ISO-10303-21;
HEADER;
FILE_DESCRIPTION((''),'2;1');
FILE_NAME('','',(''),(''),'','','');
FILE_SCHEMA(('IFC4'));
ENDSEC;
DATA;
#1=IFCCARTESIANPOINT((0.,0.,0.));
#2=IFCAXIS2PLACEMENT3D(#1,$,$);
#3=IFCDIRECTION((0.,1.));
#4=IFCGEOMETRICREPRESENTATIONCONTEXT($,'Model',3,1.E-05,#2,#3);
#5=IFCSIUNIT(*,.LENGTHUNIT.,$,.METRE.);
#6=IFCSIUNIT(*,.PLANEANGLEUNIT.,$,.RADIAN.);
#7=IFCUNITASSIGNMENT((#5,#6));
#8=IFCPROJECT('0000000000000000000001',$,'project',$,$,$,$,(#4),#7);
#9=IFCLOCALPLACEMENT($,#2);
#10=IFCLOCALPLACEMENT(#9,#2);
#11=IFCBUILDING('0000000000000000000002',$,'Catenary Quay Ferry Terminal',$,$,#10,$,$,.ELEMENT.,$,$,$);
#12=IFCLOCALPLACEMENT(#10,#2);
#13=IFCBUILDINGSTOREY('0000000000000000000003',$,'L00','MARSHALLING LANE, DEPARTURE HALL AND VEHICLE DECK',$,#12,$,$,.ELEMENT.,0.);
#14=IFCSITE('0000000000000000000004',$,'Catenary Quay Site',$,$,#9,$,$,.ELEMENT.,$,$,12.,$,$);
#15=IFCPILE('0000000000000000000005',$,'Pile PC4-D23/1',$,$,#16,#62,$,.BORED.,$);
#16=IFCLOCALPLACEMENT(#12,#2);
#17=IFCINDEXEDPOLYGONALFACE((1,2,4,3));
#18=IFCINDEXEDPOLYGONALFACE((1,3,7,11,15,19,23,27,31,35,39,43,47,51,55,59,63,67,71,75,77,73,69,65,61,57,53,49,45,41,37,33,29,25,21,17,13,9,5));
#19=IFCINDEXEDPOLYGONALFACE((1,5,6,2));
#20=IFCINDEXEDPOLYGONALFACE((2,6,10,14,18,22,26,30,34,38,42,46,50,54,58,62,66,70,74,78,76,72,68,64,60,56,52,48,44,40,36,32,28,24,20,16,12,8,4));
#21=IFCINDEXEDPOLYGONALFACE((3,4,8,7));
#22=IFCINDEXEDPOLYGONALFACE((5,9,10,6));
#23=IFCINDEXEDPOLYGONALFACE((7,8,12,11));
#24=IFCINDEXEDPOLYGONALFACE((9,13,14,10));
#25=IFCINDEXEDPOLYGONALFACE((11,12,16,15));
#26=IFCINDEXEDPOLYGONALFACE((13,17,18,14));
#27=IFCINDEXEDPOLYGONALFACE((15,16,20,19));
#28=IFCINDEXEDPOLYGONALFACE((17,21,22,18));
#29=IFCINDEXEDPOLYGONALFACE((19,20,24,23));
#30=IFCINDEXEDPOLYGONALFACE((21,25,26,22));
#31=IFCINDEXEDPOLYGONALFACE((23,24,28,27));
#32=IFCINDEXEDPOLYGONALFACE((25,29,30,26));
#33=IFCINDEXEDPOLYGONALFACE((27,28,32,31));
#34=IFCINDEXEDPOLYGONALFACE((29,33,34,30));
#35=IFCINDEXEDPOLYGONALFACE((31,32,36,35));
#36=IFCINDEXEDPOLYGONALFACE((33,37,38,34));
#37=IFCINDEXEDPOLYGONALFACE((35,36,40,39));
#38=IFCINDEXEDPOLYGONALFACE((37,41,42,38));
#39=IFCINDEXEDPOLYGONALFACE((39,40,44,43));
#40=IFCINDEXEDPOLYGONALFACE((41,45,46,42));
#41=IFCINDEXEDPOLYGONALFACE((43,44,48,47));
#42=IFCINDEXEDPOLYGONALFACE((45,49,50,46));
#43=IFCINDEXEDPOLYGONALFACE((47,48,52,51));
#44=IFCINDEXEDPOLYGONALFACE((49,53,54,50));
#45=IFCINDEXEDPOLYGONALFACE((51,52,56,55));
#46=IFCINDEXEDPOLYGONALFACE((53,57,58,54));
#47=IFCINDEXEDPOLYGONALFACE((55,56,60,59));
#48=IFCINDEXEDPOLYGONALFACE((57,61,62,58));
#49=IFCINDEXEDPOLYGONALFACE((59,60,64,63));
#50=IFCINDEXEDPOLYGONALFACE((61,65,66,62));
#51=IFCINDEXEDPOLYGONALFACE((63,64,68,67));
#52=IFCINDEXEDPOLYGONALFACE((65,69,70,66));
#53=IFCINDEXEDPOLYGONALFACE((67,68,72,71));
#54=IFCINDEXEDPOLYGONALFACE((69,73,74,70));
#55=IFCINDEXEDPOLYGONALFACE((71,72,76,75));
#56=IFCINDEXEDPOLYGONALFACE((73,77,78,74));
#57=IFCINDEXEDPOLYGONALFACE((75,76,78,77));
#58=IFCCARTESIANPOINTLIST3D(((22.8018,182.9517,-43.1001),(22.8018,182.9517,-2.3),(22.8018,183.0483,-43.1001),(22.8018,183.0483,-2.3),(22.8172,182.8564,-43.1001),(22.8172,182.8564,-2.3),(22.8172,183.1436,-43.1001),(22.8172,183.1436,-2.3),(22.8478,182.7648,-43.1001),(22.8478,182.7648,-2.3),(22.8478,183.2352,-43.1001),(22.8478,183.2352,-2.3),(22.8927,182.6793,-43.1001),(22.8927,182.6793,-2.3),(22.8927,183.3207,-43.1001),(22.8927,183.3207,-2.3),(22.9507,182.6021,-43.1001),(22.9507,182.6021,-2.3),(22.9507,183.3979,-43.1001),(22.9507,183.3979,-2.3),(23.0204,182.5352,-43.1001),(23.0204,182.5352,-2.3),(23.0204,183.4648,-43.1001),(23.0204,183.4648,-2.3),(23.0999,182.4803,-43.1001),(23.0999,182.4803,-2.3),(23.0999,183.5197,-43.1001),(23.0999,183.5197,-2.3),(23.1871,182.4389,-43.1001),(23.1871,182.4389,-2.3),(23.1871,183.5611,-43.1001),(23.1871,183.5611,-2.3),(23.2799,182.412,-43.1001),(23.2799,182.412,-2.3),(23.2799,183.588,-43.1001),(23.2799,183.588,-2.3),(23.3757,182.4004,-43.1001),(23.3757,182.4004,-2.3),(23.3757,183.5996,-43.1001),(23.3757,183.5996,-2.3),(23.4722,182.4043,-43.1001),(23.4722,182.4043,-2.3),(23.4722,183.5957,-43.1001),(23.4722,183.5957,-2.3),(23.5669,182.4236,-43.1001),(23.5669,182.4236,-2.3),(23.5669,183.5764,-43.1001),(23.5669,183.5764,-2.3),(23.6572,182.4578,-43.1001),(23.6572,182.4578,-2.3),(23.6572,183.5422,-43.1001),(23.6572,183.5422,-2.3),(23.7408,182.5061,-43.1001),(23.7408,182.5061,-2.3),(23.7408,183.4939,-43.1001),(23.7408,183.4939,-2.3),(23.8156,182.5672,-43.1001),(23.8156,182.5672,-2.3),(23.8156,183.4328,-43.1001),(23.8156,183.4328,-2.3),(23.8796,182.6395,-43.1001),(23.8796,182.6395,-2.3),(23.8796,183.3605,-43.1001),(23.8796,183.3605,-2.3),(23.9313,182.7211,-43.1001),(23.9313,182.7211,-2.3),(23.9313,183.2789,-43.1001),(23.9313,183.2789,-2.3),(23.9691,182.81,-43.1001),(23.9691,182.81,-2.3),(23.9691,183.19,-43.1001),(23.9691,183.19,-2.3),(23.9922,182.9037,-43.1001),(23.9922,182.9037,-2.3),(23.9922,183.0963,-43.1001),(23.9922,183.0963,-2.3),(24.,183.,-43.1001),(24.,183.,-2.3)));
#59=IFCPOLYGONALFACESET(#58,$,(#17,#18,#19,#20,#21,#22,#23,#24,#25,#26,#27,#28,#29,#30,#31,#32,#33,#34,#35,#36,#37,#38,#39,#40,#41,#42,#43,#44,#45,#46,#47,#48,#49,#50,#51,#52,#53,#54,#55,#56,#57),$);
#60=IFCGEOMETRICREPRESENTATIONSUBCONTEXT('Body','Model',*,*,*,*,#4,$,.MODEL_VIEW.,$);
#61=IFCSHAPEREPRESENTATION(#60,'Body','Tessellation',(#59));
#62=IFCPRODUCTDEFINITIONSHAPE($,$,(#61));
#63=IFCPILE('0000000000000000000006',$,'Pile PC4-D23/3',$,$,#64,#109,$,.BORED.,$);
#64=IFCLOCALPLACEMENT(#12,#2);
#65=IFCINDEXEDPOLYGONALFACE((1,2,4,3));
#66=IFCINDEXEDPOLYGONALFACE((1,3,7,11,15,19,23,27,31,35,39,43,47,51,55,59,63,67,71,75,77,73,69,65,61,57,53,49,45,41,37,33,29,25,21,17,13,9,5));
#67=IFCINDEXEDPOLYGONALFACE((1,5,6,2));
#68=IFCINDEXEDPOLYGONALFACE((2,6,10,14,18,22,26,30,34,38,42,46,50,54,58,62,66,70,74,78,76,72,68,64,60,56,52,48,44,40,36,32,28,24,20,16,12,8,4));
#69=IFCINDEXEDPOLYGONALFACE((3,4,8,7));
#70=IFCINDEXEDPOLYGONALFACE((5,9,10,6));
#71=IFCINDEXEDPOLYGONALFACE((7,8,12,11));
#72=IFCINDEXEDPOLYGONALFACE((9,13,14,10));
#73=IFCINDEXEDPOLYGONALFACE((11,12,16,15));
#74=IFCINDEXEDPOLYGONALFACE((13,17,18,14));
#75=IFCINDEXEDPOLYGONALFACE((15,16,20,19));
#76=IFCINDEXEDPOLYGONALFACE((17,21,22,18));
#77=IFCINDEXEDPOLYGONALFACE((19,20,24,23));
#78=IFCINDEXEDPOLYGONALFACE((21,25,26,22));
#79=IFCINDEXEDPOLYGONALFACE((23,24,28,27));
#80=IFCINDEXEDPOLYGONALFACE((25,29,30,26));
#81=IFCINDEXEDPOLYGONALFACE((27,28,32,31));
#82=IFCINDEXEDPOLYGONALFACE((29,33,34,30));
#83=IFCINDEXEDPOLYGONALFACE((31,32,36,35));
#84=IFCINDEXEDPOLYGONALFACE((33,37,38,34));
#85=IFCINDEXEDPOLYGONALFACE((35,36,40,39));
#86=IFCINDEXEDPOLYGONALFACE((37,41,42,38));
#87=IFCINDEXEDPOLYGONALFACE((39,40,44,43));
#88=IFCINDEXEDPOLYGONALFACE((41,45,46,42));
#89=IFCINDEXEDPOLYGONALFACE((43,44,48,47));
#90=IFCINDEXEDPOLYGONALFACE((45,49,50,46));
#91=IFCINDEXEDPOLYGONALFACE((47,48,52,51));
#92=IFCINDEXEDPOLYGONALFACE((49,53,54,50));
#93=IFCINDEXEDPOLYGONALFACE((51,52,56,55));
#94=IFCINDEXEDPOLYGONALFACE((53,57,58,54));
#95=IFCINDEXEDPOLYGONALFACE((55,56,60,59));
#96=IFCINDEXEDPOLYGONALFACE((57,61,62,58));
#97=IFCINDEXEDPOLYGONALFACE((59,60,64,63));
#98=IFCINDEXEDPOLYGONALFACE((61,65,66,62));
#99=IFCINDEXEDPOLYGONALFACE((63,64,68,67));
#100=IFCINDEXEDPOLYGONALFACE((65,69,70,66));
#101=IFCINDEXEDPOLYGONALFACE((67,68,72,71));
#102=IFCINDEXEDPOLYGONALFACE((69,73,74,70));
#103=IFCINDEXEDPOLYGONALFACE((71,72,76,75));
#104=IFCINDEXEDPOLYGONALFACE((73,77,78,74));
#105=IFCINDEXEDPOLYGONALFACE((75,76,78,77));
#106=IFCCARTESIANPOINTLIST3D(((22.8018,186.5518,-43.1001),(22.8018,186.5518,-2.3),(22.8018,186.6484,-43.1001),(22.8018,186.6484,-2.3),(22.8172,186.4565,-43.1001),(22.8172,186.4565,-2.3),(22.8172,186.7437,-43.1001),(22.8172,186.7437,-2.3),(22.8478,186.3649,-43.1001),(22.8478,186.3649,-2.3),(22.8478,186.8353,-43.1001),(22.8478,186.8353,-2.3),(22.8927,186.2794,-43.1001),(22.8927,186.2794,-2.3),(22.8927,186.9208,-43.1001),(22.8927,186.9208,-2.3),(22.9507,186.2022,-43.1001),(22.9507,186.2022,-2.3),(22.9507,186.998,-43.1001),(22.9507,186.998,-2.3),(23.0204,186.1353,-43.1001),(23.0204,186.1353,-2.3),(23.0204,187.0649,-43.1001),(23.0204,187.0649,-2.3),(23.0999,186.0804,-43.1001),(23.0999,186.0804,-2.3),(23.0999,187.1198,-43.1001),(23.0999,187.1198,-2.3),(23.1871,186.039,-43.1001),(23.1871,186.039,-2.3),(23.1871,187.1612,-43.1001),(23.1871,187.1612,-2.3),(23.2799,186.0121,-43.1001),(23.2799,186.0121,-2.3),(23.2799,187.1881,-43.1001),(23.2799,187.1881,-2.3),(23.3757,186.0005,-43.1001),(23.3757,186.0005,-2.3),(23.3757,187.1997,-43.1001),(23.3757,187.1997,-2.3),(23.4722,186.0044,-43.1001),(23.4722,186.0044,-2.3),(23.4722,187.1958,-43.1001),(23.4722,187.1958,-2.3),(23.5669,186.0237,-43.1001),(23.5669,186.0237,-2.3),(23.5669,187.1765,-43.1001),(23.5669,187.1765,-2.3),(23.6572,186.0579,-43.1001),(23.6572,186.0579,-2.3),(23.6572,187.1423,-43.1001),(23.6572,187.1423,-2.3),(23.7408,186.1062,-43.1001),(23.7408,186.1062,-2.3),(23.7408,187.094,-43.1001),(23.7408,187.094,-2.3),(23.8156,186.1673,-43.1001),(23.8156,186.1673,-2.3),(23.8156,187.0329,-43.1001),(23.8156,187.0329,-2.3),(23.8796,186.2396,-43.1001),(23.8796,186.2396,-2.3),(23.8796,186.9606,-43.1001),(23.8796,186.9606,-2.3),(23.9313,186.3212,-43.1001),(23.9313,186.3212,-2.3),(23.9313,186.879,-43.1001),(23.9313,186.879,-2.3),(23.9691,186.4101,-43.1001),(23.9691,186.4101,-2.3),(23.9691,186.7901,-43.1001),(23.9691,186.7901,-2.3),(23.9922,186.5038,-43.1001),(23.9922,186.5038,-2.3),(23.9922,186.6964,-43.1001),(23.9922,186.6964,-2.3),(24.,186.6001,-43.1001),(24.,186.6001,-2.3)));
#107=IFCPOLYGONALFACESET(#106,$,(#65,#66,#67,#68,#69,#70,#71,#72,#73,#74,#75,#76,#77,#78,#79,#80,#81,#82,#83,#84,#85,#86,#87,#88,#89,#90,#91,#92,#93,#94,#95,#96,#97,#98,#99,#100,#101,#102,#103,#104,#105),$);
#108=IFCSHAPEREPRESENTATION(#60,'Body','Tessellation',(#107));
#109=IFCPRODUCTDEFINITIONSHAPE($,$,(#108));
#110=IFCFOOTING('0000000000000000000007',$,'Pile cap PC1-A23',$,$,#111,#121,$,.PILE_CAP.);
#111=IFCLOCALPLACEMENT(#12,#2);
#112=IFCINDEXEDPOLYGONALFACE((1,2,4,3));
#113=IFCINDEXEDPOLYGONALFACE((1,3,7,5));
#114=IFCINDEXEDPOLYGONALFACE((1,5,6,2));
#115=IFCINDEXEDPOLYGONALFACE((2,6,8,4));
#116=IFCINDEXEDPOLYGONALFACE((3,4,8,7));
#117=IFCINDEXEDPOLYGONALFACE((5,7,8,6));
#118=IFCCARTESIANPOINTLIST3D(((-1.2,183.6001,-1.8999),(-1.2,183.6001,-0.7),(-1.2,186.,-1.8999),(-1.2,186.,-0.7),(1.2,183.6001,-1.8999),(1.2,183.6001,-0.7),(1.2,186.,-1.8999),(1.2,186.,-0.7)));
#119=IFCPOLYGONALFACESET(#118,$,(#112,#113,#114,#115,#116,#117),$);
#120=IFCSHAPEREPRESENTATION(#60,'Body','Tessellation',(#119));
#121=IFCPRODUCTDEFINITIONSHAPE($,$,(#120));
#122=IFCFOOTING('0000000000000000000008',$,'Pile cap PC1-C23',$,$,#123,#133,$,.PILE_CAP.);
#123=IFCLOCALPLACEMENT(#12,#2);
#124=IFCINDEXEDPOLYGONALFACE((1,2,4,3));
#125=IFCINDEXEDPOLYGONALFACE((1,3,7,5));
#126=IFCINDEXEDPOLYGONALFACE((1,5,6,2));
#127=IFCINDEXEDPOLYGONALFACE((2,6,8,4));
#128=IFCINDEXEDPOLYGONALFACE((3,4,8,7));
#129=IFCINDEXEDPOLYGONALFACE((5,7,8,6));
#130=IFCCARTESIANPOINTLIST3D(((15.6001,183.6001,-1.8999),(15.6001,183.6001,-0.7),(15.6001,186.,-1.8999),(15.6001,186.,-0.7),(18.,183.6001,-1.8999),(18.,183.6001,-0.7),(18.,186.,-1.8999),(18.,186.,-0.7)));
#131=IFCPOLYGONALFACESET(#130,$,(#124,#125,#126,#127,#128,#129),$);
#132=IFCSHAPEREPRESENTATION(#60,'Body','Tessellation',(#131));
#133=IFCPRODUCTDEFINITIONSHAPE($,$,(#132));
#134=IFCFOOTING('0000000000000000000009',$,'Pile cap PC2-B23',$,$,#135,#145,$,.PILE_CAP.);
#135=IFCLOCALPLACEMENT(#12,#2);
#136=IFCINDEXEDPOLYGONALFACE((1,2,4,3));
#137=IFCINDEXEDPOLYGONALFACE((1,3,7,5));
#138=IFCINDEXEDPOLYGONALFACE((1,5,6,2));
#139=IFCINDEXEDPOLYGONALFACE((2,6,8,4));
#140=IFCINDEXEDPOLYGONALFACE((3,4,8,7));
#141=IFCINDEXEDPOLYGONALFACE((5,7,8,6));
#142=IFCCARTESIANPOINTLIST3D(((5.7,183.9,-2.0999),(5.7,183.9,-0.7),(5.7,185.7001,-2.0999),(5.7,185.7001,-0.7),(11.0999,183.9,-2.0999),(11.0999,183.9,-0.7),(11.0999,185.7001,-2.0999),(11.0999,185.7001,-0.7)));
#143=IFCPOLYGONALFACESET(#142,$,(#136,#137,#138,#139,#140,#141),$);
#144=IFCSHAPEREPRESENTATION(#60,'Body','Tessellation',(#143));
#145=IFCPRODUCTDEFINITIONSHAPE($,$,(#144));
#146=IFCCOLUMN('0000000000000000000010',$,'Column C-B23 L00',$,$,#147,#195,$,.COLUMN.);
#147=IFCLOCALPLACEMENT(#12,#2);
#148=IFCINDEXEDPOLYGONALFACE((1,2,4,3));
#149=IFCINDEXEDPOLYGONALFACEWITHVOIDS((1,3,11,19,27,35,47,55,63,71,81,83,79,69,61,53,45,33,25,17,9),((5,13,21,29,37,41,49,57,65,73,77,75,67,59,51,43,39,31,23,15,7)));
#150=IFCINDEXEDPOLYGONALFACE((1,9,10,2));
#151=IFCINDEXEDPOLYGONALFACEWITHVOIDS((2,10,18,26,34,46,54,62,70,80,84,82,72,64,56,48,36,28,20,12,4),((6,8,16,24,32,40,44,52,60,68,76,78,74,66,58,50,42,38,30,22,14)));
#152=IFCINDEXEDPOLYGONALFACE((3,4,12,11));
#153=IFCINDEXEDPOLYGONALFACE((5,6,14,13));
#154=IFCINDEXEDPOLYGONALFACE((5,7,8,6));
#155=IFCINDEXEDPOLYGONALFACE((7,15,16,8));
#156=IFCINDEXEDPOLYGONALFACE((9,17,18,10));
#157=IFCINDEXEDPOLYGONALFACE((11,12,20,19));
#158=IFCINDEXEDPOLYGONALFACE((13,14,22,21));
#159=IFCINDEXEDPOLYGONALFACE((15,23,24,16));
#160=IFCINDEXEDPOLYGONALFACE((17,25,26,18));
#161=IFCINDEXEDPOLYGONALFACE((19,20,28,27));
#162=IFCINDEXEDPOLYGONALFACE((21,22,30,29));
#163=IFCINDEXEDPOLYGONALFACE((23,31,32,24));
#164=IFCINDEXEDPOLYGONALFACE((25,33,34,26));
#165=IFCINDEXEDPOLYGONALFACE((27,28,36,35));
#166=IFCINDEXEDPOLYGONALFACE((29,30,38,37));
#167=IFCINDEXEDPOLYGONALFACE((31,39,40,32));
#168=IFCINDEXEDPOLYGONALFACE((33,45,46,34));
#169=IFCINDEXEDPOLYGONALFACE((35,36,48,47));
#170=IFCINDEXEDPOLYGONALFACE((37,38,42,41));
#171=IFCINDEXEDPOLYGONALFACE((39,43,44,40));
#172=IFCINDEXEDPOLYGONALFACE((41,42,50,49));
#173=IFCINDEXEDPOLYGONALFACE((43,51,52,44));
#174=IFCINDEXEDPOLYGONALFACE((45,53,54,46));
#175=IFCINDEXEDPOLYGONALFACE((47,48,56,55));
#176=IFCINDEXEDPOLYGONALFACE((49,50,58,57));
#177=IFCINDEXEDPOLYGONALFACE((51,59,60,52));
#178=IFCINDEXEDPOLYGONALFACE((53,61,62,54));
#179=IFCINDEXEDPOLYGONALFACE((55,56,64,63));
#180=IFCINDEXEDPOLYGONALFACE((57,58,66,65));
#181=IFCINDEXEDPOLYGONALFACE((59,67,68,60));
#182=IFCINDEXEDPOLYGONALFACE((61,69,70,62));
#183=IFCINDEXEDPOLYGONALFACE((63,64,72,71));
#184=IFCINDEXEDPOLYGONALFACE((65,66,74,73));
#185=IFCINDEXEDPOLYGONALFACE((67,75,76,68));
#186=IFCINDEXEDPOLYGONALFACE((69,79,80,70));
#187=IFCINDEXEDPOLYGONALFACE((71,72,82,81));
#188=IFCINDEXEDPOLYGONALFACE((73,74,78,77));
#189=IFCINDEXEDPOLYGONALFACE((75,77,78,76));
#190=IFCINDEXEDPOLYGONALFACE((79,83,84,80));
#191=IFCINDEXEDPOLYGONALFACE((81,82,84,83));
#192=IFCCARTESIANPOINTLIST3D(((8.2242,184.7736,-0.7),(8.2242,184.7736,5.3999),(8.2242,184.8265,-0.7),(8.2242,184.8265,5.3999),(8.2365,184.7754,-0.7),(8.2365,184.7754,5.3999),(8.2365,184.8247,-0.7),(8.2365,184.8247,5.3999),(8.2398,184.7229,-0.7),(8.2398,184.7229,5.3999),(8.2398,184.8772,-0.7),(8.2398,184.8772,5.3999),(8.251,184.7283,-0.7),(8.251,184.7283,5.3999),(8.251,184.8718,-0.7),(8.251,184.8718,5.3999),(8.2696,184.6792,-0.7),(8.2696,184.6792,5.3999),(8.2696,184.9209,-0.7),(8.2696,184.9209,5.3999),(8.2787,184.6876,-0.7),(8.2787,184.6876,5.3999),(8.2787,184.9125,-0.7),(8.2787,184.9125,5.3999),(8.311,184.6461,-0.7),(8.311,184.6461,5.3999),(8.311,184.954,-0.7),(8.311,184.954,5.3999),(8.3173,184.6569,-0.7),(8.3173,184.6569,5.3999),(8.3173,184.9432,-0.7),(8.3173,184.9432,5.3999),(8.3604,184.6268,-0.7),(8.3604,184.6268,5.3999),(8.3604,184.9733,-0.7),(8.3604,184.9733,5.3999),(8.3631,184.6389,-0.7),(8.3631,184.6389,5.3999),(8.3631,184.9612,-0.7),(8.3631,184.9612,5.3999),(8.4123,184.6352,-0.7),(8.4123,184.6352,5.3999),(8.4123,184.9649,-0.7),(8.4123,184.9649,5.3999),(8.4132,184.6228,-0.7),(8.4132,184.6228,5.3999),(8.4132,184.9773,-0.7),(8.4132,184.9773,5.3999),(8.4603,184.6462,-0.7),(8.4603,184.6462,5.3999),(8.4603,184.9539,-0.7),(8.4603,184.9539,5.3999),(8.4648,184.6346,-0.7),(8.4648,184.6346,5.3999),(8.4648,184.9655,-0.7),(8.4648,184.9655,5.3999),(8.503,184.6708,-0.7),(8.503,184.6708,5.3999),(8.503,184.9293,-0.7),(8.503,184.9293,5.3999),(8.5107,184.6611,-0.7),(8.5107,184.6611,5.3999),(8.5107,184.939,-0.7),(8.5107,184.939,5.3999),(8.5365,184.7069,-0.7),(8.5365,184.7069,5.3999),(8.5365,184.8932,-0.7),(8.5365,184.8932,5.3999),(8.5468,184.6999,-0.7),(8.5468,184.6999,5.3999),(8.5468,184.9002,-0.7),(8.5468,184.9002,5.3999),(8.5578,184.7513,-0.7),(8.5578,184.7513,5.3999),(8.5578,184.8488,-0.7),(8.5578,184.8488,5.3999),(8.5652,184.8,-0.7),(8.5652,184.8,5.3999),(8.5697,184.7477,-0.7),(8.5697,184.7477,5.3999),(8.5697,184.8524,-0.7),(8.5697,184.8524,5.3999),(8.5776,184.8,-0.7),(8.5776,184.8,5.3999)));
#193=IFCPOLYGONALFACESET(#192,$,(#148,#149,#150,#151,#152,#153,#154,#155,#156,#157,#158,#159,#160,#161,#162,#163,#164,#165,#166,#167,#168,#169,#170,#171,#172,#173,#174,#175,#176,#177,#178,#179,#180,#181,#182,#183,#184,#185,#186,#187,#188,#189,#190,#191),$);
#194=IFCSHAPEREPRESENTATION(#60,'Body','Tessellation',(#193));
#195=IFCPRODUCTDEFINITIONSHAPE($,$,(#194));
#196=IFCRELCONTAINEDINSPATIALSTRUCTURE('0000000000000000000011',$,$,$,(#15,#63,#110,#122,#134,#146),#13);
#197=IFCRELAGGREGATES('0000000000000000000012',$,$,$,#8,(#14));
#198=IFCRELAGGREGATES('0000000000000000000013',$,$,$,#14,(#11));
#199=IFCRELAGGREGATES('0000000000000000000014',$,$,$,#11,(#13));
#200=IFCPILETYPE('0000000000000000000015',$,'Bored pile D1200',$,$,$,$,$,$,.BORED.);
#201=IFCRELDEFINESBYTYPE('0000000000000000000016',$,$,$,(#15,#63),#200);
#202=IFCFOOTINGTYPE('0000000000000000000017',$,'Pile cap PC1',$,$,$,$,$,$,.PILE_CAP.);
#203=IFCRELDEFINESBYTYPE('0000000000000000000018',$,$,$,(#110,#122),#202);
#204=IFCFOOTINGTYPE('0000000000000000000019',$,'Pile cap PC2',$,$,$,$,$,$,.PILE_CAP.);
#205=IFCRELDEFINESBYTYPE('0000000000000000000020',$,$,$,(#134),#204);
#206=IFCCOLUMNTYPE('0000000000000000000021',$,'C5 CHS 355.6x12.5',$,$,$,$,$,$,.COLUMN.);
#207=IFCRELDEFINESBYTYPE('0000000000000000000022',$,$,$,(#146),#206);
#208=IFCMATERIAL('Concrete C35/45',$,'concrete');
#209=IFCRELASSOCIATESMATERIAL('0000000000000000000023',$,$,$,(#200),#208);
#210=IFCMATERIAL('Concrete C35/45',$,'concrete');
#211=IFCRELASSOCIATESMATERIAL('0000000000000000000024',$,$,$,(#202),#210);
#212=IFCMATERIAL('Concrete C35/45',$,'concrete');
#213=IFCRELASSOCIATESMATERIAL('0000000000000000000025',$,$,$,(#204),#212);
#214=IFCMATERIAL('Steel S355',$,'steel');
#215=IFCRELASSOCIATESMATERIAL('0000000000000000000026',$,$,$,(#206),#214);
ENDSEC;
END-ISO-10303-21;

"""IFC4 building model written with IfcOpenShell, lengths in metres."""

from ifc_helpers import new_model, si_unit, direction, frame, origin, origin_2d, place, context, subcontext, project, spatial, rectangle, circle, hollow_circle, extrude, material, material_profile, profile_set, type_object, element, save


model = new_model("IFC4")

# Units and contexts
model_context = context("Model", 3, precision=1e-05, world=origin(), true_north=direction((0.0, 1.0)))
body_context = subcontext(model_context, "Body", "Model", "MODEL_VIEW")
ifc_project = project(units=[si_unit("LENGTHUNIT", "METRE"), si_unit("PLANEANGLEUNIT", "RADIAN")], contexts=[model_context])

# Site, building, storey
site_placement = place(None, origin())
site = spatial("IfcSite", under=ifc_project, at=site_placement, Name="Catenary Quay Site", CompositionType="ELEMENT", RefElevation=12.0)
building_placement = place(site_placement, origin())
building = spatial("IfcBuilding", under=site, at=building_placement, Name="Catenary Quay Ferry Terminal", CompositionType="ELEMENT")
storey_placement = place(building_placement, origin())
storey = spatial("IfcBuildingStorey", under=building, at=storey_placement, Name="L00", Description="MARSHALLING LANE, DEPARTURE HALL AND VEHICLE DECK", CompositionType="ELEMENT", Elevation=0.0)

# Piles
ifc_material_1 = material(Name="Concrete C35/45", Category="concrete")
ifc_material_profile_1 = material_profile(ifc_material_1, circle(Radius=0.6001, at=origin_2d()), Name="D1200")
ifc_profile_set_1 = profile_set([ifc_material_profile_1], Name="Concrete C35/45")
pile_type = type_object("IfcPileType", Name="Bored pile D1200", PredefinedType="BORED", material=ifc_profile_set_1)
for number, where, z_axis, x_axis, name in (
    (1, (23.3999, 183.0, -2.3), (0.0, 0.0, -1.0), (1.0, 0.0, 0.0), "Pile PC4-D23/1"),
    (2, (23.3999, 186.6001, -2.3), (0.0, 0.0, -1.0), (1.0, 0.0, 0.0), "Pile PC4-D23/3"),
):
    element("IfcPile", number, at=place(storey_placement, frame(where, z_axis=z_axis, x_axis=x_axis)), inside=storey, type_object=pile_type, Name=name, PredefinedType="BORED", context=body_context, shape_type="SweptSolid", body=[
        extrude(circle(Radius=0.6001, at=origin_2d()), origin(), (0.0, 0.0, 1.0), 40.8),
    ])

# Footings
ifc_material_2 = material(Name="Concrete C35/45", Category="concrete")
footing_type_1 = type_object("IfcFootingType", Name="Pile cap PC1", PredefinedType="PILE_CAP", material=ifc_material_2)
for number, where, z_axis, x_axis, name in (
    (3, (0.0, 184.8, -1.8999), (0.0, 0.0, 1.0), (1.0, 0.0, 0.0), "Pile cap PC1-A23"),
    (4, (16.8, 184.8, -1.8999), (0.0, 0.0, 1.0), (1.0, 0.0, 0.0), "Pile cap PC1-C23"),
):
    element("IfcFooting", number, at=place(storey_placement, frame(where, z_axis=z_axis, x_axis=x_axis)), inside=storey, type_object=footing_type_1, Name=name, PredefinedType="PILE_CAP", context=body_context, shape_type="SweptSolid", body=[
        extrude(rectangle(XDim=2.3999, YDim=2.3999, at=origin_2d()), origin(), (0.0, 0.0, 1.0), 1.2),
    ])
ifc_material_3 = material(Name="Concrete C35/45", Category="concrete")
footing_type_2 = type_object("IfcFootingType", Name="Pile cap PC2", PredefinedType="PILE_CAP", material=ifc_material_3)
footing_placement = place(storey_placement, frame((8.3999, 184.8, -2.0999), z_axis=(0.0, 0.0, 1.0), x_axis=(1.0, 0.0, 0.0)))
element("IfcFooting", 5, at=footing_placement, inside=storey, type_object=footing_type_2, Name="Pile cap PC2-B23", PredefinedType="PILE_CAP", context=body_context, shape_type="SweptSolid", body=[
    extrude(rectangle(XDim=5.3999, YDim=1.8, at=origin_2d()), origin(), (0.0, 0.0, 1.0), 1.3999),
])

# Column
ifc_material_4 = material(Name="Steel S355", Category="steel")
ifc_material_profile_2 = material_profile(ifc_material_4, hollow_circle(Radius=0.1777, WallThickness=0.0125, at=origin_2d()), Name="CHS 355.6x12.5")
ifc_profile_set_2 = profile_set([ifc_material_profile_2], Name="Steel S355")
column_type = type_object("IfcColumnType", Name="C5 CHS 355.6x12.5", PredefinedType="COLUMN", material=ifc_profile_set_2)
column_placement = place(storey_placement, frame((8.3999, 184.8, -0.7), z_axis=(0.0, 0.0, 1.0), x_axis=(1.0, 0.0, 0.0)))
element("IfcColumn", 6, at=column_placement, inside=storey, type_object=column_type, Name="Column C-B23 L00", PredefinedType="COLUMN", context=body_context, shape_type="SweptSolid", body=[
    extrude(hollow_circle(Radius=0.1777, WallThickness=0.0125, at=origin_2d()), origin(), (0.0, 0.0, 1.0), 6.0999),
])

save(model, "model.ifc")
